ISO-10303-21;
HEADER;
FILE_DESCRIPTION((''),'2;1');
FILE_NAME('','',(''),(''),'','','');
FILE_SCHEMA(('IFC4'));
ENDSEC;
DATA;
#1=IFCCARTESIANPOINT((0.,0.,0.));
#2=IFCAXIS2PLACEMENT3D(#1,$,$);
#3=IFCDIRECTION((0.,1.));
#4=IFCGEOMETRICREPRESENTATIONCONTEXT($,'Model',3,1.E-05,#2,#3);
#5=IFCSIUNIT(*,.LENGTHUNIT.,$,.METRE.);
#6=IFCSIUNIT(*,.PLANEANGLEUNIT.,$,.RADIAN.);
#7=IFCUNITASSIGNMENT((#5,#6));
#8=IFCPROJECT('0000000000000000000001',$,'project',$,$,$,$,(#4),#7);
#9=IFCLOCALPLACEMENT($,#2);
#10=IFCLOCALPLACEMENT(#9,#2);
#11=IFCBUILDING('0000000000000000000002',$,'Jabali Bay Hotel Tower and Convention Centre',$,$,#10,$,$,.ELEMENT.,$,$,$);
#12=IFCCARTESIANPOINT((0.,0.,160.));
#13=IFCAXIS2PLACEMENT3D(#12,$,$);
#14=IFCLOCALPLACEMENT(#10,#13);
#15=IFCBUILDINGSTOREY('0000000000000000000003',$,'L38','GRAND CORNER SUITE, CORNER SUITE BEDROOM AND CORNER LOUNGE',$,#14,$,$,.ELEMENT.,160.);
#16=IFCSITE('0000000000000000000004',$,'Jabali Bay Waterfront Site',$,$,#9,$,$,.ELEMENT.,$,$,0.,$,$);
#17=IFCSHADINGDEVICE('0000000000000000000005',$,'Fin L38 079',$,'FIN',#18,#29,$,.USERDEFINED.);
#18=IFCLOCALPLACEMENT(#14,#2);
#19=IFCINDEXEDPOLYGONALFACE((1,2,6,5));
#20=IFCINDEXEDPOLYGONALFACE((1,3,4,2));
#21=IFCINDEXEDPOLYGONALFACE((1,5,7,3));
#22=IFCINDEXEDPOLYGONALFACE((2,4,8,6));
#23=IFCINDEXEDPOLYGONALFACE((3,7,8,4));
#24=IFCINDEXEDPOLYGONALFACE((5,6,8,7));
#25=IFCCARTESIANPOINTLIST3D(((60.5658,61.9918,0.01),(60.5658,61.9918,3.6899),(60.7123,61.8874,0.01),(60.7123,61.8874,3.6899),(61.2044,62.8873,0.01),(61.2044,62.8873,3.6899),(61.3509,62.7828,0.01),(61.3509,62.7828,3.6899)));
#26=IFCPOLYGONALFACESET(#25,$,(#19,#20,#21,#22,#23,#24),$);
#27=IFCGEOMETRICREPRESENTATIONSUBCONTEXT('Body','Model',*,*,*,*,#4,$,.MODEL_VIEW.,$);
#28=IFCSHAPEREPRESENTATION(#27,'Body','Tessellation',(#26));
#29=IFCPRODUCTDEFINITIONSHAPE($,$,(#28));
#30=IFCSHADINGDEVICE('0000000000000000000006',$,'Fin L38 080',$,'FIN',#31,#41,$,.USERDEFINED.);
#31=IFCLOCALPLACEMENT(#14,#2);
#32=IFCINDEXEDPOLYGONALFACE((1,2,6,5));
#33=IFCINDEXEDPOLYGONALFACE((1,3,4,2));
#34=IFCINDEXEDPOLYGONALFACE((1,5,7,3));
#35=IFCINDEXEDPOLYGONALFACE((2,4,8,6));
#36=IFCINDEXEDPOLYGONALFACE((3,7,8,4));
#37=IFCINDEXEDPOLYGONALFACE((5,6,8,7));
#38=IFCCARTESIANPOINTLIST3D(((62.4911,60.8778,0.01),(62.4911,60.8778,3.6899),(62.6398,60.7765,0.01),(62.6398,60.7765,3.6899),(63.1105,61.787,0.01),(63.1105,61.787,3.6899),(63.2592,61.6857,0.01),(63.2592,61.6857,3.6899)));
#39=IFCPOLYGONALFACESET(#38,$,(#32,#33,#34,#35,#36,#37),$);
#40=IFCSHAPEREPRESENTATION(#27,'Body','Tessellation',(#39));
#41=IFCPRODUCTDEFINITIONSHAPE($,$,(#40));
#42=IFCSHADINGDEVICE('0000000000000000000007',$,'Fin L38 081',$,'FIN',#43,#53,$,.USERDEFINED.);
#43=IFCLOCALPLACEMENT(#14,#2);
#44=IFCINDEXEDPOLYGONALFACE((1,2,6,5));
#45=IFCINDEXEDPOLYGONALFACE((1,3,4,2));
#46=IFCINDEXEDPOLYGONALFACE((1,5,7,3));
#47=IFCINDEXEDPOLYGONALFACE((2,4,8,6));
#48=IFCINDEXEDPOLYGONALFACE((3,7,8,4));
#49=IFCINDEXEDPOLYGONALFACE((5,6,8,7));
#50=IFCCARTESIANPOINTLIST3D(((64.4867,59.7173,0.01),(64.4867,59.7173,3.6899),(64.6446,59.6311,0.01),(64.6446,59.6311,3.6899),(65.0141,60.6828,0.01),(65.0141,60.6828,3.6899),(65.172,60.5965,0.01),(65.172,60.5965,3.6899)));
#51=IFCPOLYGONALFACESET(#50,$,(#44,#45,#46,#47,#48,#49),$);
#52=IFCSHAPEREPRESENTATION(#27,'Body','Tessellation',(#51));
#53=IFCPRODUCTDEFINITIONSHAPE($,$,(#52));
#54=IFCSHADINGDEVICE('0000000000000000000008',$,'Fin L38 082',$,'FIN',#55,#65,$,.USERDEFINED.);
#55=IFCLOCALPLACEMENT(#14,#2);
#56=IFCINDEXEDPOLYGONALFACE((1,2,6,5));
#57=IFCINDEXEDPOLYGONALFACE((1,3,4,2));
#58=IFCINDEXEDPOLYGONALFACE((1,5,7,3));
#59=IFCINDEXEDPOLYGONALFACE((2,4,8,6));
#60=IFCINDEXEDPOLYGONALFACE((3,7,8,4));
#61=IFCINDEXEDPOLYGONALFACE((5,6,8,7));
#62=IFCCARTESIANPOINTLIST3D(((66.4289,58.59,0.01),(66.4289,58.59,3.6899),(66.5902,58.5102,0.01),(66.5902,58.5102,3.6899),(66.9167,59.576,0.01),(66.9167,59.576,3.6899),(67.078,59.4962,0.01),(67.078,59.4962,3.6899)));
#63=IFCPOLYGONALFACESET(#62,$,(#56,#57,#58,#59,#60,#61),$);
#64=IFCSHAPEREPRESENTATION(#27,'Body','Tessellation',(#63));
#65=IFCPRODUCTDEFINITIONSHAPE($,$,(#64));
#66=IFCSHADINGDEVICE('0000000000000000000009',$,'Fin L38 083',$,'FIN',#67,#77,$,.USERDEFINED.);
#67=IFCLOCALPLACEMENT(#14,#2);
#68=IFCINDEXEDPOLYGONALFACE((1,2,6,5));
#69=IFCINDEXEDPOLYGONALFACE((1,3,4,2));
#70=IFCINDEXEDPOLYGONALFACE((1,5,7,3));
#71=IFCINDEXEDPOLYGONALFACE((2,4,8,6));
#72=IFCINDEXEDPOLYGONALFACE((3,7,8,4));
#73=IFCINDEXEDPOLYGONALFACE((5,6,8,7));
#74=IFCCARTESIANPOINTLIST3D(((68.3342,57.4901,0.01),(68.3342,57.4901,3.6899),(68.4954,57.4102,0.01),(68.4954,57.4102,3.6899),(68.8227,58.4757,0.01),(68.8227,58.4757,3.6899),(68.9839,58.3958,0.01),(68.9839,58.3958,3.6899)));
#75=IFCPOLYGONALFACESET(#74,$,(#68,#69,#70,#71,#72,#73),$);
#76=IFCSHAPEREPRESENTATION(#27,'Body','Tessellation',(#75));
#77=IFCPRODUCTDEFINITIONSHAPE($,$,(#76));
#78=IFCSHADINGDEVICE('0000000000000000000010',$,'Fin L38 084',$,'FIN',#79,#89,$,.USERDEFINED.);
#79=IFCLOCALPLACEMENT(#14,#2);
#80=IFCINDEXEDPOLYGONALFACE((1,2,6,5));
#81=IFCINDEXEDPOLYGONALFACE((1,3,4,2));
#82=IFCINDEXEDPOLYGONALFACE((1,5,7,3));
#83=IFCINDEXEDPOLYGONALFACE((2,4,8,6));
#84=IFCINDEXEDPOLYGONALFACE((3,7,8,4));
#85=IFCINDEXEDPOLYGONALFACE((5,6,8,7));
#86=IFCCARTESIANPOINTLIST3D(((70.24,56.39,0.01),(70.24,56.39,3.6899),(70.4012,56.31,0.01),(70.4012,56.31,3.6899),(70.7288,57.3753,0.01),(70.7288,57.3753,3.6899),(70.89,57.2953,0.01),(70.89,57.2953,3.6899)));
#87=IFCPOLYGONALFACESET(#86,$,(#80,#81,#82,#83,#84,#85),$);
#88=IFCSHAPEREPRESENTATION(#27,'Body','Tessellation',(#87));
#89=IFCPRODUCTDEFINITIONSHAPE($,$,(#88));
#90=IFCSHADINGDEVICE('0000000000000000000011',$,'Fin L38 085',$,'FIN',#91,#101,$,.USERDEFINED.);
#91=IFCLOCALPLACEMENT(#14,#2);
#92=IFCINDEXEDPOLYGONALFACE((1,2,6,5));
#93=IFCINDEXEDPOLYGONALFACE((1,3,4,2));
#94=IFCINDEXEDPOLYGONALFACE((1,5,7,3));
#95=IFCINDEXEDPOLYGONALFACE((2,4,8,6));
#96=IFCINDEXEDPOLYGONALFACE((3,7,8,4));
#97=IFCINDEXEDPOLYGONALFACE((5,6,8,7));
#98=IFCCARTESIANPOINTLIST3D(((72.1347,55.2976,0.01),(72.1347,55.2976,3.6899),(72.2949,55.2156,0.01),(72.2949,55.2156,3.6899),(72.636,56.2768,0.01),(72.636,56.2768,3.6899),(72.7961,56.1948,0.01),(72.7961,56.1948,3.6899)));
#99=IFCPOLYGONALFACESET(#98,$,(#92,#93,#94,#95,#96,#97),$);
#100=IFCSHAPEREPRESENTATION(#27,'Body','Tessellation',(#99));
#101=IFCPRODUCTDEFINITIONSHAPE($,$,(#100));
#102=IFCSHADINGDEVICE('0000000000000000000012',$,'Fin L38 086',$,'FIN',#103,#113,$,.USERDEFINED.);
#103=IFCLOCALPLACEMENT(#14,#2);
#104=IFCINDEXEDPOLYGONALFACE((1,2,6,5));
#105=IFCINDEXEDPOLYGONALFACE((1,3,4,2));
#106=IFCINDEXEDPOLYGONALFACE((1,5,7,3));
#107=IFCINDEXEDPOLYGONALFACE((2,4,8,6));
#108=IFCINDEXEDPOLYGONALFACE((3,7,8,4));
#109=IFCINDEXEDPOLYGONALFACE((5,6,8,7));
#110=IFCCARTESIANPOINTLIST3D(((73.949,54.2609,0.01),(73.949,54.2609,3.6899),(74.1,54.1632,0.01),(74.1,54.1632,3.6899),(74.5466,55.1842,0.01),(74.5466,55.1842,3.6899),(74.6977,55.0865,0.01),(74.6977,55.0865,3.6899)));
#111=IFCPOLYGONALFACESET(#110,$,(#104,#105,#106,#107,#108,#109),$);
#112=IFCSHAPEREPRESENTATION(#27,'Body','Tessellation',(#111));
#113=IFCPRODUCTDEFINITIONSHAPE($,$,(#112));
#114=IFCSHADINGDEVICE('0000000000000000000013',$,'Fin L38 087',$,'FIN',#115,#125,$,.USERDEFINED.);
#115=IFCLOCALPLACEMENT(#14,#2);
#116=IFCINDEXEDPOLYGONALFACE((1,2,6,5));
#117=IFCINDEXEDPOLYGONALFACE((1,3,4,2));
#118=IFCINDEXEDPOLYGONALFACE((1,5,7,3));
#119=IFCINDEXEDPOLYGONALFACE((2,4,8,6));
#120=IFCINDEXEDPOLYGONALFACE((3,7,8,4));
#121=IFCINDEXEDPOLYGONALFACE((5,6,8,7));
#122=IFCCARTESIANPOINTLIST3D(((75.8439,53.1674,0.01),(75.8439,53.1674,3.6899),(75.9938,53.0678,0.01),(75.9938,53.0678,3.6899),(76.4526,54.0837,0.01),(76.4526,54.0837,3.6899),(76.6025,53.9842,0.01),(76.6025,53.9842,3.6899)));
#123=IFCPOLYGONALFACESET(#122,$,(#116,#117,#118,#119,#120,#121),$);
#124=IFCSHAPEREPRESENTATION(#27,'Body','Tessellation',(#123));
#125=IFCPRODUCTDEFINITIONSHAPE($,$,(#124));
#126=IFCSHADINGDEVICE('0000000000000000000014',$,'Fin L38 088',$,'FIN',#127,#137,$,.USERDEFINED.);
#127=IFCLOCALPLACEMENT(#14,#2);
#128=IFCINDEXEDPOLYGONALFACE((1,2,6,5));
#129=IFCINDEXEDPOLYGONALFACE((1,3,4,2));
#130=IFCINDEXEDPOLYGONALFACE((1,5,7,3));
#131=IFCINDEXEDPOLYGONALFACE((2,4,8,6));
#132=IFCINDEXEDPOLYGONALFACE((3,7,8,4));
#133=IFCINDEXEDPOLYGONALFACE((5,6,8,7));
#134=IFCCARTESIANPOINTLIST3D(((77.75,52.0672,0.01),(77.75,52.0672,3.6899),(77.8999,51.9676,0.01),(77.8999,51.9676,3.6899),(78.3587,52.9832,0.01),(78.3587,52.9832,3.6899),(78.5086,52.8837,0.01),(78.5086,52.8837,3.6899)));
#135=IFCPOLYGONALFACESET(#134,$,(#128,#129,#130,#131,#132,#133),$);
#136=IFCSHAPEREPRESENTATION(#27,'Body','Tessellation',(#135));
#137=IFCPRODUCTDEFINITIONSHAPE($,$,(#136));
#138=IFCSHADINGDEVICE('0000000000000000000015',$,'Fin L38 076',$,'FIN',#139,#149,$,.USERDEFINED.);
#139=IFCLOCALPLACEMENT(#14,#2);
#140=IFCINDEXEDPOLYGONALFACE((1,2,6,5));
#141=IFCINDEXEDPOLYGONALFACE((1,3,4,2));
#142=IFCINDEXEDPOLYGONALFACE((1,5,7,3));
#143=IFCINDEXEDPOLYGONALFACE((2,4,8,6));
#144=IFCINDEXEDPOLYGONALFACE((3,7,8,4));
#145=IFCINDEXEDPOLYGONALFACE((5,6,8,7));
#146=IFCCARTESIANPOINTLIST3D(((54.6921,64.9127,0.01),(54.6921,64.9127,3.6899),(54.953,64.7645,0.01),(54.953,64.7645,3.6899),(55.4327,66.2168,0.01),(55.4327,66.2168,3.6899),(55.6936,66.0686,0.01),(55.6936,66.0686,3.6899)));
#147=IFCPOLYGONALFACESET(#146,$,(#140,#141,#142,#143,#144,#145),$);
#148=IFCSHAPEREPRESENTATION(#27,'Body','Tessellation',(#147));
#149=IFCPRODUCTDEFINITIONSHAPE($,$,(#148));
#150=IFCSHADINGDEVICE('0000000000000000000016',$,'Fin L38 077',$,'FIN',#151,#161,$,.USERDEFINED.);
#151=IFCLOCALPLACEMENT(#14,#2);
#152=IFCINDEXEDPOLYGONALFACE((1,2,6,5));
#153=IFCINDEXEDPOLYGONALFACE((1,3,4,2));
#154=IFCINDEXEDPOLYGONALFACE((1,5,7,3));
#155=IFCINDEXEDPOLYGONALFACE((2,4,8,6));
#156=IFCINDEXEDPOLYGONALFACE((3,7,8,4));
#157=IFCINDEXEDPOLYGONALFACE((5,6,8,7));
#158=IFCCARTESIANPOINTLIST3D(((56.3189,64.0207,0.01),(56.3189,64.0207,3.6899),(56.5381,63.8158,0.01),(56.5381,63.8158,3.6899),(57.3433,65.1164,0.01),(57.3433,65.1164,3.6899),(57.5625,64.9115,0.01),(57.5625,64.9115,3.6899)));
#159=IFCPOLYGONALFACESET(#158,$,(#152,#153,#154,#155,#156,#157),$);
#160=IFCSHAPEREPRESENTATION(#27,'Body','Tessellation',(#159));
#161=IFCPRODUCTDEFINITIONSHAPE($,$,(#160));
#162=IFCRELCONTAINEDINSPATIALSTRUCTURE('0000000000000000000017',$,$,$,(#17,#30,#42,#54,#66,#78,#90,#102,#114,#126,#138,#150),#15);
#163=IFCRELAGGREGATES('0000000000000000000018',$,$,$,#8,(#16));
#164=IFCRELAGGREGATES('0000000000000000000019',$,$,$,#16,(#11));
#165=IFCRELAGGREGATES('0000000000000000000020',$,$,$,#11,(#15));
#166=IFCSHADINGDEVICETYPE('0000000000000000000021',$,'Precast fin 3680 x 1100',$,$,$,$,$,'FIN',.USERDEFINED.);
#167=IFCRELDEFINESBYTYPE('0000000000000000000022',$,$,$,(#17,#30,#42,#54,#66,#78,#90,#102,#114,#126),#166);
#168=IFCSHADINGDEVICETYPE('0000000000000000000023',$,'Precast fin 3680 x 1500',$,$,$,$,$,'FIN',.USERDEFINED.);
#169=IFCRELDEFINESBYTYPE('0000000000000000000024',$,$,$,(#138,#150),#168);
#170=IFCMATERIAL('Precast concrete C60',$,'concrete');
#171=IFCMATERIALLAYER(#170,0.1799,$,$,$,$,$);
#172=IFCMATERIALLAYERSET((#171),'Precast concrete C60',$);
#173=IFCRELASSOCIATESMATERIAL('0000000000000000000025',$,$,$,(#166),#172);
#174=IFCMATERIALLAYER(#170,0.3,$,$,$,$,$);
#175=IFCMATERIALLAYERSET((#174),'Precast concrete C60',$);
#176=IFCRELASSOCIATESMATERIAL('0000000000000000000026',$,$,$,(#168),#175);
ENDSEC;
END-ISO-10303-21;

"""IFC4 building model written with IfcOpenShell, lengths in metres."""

from ifc_helpers import new_model, si_unit, direction, frame, frame_2d, origin, place, context, subcontext, project, spatial, rectangle, extrude, material, layer, layer_set, type_object, element, save


model = new_model("IFC4")

# Units and contexts
model_context = context("Model", 3, precision=1e-05, world=origin(), true_north=direction((0.0, 1.0)))
body_context = subcontext(model_context, "Body", "Model", "MODEL_VIEW")
ifc_project = project(units=[si_unit("LENGTHUNIT", "METRE"), si_unit("PLANEANGLEUNIT", "RADIAN")], contexts=[model_context])

# Site, building, storey
site_placement = place(None, origin())
site = spatial("IfcSite", under=ifc_project, at=site_placement, Name="Jabali Bay Waterfront Site", CompositionType="ELEMENT", RefElevation=0.0)
building_placement = place(site_placement, origin())
building = spatial("IfcBuilding", under=site, at=building_placement, Name="Jabali Bay Hotel Tower and Convention Centre", CompositionType="ELEMENT")
storey_placement = place(building_placement, frame((0.0, 0.0, 160.0)))
storey = spatial("IfcBuildingStorey", under=building, at=storey_placement, Name="L38", Description="GRAND CORNER SUITE, CORNER SUITE BEDROOM AND CORNER LOUNGE", CompositionType="ELEMENT", Elevation=160.0)

# Shading devices
ifc_material_1 = material(Name="Precast concrete C60", Category="concrete")
ifc_layer_1 = layer(ifc_material_1, 0.1799)
ifc_layer_set_1 = layer_set([ifc_layer_1], Name="Precast concrete C60")
shading_device_type_1 = type_object("IfcShadingDeviceType", Name="Precast fin 3680 x 1100", ElementType="FIN", PredefinedType="USERDEFINED", material=ifc_layer_set_1)
shading_device_1_placement = place(storey_placement, frame((61.2776, 62.835, 0.01), z_axis=(0.0, 0.0, 1.0), x_axis=(-0.58065, -0.814153, 0.0)))
element("IfcShadingDevice", 1, at=shading_device_1_placement, inside=storey, type_object=shading_device_type_1, Name="Fin L38 079", ObjectType="FIN", PredefinedType="USERDEFINED", context=body_context, shape_type="SweptSolid", body=[
    extrude(rectangle(XDim=1.0999, YDim=0.1799, at=frame_2d((0.5498, 0.0))), origin(), (0.0, 0.0, 1.0), 3.6799),
])
for number, where, z_axis, x_axis, name in (
    (2, (63.1848, 61.7363, 0.01), (0.0, 0.0, 1.0), (-0.56302, -0.826443, 0.0), "Fin L38 080"),
    (3, (65.093, 60.6396, 0.01), (0.0, 0.0, 1.0), (-0.479412, -0.87759, 0.0), "Fin L38 081"),
    (4, (66.9973, 59.5361, 0.01), (0.0, 0.0, 1.0), (-0.443393, -0.896328, 0.0), "Fin L38 082"),
    (5, (68.9033, 58.4358, 0.01), (0.0, 0.0, 1.0), (-0.444104, -0.895975, 0.0), "Fin L38 083"),
):
    element("IfcShadingDevice", number, at=place(storey_placement, frame(where, z_axis=z_axis, x_axis=x_axis)), inside=storey, type_object=shading_device_type_1, Name=name, ObjectType="FIN", PredefinedType="USERDEFINED", context=body_context, shape_type="SweptSolid", body=[
        extrude(rectangle(XDim=1.1001, YDim=0.1799, at=frame_2d((0.55, 0.0))), origin(), (0.0, 0.0, 1.0), 3.6799),
    ])
shading_device_2_placement = place(storey_placement, frame((70.8093, 57.3352, 0.01), z_axis=(0.0, 0.0, 1.0), x_axis=(-0.44437, -0.895843, 0.0)))
element("IfcShadingDevice", 6, at=shading_device_2_placement, inside=storey, type_object=shading_device_type_1, Name="Fin L38 084", ObjectType="FIN", PredefinedType="USERDEFINED", context=body_context, shape_type="SweptSolid", body=[
    extrude(rectangle(XDim=1.0999, YDim=0.1799, at=frame_2d((0.5498, 0.0))), origin(), (0.0, 0.0, 1.0), 3.6799),
])
shading_device_3_placement = place(storey_placement, frame((72.7161, 56.2358, 0.01), z_axis=(0.0, 0.0, 1.0), x_axis=(-0.455627, -0.890171, 0.0)))
element("IfcShadingDevice", 7, at=shading_device_3_placement, inside=storey, type_object=shading_device_type_1, Name="Fin L38 085", ObjectType="FIN", PredefinedType="USERDEFINED", context=body_context, shape_type="SweptSolid", body=[
    extrude(rectangle(XDim=1.1001, YDim=0.1799, at=frame_2d((0.55, 0.0))), origin(), (0.0, 0.0, 1.0), 3.6799),
])
shading_device_4_placement = place(storey_placement, frame((74.6221, 55.1353, 0.01), z_axis=(0.0, 0.0, 1.0), x_axis=(-0.54338, -0.839487, 0.0)))
element("IfcShadingDevice", 8, at=shading_device_4_placement, inside=storey, type_object=shading_device_type_1, Name="Fin L38 086", ObjectType="FIN", PredefinedType="USERDEFINED", context=body_context, shape_type="SweptSolid", body=[
    extrude(rectangle(XDim=1.0999, YDim=0.1799, at=frame_2d((0.5498, 0.0))), origin(), (0.0, 0.0, 1.0), 3.6799),
])
shading_device_5_placement = place(storey_placement, frame((76.5276, 54.0339, 0.01), z_axis=(0.0, 0.0, 1.0), x_axis=(-0.553317, -0.832971, 0.0)))
element("IfcShadingDevice", 9, at=shading_device_5_placement, inside=storey, type_object=shading_device_type_1, Name="Fin L38 087", ObjectType="FIN", PredefinedType="USERDEFINED", context=body_context, shape_type="SweptSolid", body=[
    extrude(rectangle(XDim=1.1001, YDim=0.1799, at=frame_2d((0.55, 0.0))), origin(), (0.0, 0.0, 1.0), 3.6799),
])
shading_device_6_placement = place(storey_placement, frame((78.4336, 52.9333, 0.01), z_axis=(0.0, 0.0, 1.0), x_axis=(-0.553419, -0.832903, 0.0)))
element("IfcShadingDevice", 10, at=shading_device_6_placement, inside=storey, type_object=shading_device_type_1, Name="Fin L38 088", ObjectType="FIN", PredefinedType="USERDEFINED", context=body_context, shape_type="SweptSolid", body=[
    extrude(rectangle(XDim=1.0999, YDim=0.1799, at=frame_2d((0.5498, 0.0))), origin(), (0.0, 0.0, 1.0), 3.6799),
])
ifc_layer_2 = layer(ifc_material_1, 0.3)
ifc_layer_set_2 = layer_set([ifc_layer_2], Name="Precast concrete C60")
shading_device_type_2 = type_object("IfcShadingDeviceType", Name="Precast fin 3680 x 1500", ElementType="FIN", PredefinedType="USERDEFINED", material=ifc_layer_set_2)
shading_device_7_placement = place(storey_placement, frame((55.5632, 66.1428, 0.01), z_axis=(0.0, 0.0, 1.0), x_axis=(-0.493858, -0.869542, 0.0)))
element("IfcShadingDevice", 11, at=shading_device_7_placement, inside=storey, type_object=shading_device_type_2, Name="Fin L38 076", ObjectType="FIN", PredefinedType="USERDEFINED", context=body_context, shape_type="SweptSolid", body=[
    extrude(rectangle(XDim=1.4998, YDim=0.3, at=frame_2d((0.75, 0.0))), origin(), (0.0, 0.0, 1.0), 3.6799),
])
shading_device_8_placement = place(storey_placement, frame((57.4529, 65.0139, 0.01), z_axis=(0.0, 0.0, 1.0), x_axis=(-0.682944, -0.73047, 0.0)))
element("IfcShadingDevice", 12, at=shading_device_8_placement, inside=storey, type_object=shading_device_type_2, Name="Fin L38 077", ObjectType="FIN", PredefinedType="USERDEFINED", context=body_context, shape_type="SweptSolid", body=[
    extrude(rectangle(XDim=1.5, YDim=0.3, at=frame_2d((0.75, 0.0))), origin(), (0.0, 0.0, 1.0), 3.6799),
])

save(model, "model.ifc")
